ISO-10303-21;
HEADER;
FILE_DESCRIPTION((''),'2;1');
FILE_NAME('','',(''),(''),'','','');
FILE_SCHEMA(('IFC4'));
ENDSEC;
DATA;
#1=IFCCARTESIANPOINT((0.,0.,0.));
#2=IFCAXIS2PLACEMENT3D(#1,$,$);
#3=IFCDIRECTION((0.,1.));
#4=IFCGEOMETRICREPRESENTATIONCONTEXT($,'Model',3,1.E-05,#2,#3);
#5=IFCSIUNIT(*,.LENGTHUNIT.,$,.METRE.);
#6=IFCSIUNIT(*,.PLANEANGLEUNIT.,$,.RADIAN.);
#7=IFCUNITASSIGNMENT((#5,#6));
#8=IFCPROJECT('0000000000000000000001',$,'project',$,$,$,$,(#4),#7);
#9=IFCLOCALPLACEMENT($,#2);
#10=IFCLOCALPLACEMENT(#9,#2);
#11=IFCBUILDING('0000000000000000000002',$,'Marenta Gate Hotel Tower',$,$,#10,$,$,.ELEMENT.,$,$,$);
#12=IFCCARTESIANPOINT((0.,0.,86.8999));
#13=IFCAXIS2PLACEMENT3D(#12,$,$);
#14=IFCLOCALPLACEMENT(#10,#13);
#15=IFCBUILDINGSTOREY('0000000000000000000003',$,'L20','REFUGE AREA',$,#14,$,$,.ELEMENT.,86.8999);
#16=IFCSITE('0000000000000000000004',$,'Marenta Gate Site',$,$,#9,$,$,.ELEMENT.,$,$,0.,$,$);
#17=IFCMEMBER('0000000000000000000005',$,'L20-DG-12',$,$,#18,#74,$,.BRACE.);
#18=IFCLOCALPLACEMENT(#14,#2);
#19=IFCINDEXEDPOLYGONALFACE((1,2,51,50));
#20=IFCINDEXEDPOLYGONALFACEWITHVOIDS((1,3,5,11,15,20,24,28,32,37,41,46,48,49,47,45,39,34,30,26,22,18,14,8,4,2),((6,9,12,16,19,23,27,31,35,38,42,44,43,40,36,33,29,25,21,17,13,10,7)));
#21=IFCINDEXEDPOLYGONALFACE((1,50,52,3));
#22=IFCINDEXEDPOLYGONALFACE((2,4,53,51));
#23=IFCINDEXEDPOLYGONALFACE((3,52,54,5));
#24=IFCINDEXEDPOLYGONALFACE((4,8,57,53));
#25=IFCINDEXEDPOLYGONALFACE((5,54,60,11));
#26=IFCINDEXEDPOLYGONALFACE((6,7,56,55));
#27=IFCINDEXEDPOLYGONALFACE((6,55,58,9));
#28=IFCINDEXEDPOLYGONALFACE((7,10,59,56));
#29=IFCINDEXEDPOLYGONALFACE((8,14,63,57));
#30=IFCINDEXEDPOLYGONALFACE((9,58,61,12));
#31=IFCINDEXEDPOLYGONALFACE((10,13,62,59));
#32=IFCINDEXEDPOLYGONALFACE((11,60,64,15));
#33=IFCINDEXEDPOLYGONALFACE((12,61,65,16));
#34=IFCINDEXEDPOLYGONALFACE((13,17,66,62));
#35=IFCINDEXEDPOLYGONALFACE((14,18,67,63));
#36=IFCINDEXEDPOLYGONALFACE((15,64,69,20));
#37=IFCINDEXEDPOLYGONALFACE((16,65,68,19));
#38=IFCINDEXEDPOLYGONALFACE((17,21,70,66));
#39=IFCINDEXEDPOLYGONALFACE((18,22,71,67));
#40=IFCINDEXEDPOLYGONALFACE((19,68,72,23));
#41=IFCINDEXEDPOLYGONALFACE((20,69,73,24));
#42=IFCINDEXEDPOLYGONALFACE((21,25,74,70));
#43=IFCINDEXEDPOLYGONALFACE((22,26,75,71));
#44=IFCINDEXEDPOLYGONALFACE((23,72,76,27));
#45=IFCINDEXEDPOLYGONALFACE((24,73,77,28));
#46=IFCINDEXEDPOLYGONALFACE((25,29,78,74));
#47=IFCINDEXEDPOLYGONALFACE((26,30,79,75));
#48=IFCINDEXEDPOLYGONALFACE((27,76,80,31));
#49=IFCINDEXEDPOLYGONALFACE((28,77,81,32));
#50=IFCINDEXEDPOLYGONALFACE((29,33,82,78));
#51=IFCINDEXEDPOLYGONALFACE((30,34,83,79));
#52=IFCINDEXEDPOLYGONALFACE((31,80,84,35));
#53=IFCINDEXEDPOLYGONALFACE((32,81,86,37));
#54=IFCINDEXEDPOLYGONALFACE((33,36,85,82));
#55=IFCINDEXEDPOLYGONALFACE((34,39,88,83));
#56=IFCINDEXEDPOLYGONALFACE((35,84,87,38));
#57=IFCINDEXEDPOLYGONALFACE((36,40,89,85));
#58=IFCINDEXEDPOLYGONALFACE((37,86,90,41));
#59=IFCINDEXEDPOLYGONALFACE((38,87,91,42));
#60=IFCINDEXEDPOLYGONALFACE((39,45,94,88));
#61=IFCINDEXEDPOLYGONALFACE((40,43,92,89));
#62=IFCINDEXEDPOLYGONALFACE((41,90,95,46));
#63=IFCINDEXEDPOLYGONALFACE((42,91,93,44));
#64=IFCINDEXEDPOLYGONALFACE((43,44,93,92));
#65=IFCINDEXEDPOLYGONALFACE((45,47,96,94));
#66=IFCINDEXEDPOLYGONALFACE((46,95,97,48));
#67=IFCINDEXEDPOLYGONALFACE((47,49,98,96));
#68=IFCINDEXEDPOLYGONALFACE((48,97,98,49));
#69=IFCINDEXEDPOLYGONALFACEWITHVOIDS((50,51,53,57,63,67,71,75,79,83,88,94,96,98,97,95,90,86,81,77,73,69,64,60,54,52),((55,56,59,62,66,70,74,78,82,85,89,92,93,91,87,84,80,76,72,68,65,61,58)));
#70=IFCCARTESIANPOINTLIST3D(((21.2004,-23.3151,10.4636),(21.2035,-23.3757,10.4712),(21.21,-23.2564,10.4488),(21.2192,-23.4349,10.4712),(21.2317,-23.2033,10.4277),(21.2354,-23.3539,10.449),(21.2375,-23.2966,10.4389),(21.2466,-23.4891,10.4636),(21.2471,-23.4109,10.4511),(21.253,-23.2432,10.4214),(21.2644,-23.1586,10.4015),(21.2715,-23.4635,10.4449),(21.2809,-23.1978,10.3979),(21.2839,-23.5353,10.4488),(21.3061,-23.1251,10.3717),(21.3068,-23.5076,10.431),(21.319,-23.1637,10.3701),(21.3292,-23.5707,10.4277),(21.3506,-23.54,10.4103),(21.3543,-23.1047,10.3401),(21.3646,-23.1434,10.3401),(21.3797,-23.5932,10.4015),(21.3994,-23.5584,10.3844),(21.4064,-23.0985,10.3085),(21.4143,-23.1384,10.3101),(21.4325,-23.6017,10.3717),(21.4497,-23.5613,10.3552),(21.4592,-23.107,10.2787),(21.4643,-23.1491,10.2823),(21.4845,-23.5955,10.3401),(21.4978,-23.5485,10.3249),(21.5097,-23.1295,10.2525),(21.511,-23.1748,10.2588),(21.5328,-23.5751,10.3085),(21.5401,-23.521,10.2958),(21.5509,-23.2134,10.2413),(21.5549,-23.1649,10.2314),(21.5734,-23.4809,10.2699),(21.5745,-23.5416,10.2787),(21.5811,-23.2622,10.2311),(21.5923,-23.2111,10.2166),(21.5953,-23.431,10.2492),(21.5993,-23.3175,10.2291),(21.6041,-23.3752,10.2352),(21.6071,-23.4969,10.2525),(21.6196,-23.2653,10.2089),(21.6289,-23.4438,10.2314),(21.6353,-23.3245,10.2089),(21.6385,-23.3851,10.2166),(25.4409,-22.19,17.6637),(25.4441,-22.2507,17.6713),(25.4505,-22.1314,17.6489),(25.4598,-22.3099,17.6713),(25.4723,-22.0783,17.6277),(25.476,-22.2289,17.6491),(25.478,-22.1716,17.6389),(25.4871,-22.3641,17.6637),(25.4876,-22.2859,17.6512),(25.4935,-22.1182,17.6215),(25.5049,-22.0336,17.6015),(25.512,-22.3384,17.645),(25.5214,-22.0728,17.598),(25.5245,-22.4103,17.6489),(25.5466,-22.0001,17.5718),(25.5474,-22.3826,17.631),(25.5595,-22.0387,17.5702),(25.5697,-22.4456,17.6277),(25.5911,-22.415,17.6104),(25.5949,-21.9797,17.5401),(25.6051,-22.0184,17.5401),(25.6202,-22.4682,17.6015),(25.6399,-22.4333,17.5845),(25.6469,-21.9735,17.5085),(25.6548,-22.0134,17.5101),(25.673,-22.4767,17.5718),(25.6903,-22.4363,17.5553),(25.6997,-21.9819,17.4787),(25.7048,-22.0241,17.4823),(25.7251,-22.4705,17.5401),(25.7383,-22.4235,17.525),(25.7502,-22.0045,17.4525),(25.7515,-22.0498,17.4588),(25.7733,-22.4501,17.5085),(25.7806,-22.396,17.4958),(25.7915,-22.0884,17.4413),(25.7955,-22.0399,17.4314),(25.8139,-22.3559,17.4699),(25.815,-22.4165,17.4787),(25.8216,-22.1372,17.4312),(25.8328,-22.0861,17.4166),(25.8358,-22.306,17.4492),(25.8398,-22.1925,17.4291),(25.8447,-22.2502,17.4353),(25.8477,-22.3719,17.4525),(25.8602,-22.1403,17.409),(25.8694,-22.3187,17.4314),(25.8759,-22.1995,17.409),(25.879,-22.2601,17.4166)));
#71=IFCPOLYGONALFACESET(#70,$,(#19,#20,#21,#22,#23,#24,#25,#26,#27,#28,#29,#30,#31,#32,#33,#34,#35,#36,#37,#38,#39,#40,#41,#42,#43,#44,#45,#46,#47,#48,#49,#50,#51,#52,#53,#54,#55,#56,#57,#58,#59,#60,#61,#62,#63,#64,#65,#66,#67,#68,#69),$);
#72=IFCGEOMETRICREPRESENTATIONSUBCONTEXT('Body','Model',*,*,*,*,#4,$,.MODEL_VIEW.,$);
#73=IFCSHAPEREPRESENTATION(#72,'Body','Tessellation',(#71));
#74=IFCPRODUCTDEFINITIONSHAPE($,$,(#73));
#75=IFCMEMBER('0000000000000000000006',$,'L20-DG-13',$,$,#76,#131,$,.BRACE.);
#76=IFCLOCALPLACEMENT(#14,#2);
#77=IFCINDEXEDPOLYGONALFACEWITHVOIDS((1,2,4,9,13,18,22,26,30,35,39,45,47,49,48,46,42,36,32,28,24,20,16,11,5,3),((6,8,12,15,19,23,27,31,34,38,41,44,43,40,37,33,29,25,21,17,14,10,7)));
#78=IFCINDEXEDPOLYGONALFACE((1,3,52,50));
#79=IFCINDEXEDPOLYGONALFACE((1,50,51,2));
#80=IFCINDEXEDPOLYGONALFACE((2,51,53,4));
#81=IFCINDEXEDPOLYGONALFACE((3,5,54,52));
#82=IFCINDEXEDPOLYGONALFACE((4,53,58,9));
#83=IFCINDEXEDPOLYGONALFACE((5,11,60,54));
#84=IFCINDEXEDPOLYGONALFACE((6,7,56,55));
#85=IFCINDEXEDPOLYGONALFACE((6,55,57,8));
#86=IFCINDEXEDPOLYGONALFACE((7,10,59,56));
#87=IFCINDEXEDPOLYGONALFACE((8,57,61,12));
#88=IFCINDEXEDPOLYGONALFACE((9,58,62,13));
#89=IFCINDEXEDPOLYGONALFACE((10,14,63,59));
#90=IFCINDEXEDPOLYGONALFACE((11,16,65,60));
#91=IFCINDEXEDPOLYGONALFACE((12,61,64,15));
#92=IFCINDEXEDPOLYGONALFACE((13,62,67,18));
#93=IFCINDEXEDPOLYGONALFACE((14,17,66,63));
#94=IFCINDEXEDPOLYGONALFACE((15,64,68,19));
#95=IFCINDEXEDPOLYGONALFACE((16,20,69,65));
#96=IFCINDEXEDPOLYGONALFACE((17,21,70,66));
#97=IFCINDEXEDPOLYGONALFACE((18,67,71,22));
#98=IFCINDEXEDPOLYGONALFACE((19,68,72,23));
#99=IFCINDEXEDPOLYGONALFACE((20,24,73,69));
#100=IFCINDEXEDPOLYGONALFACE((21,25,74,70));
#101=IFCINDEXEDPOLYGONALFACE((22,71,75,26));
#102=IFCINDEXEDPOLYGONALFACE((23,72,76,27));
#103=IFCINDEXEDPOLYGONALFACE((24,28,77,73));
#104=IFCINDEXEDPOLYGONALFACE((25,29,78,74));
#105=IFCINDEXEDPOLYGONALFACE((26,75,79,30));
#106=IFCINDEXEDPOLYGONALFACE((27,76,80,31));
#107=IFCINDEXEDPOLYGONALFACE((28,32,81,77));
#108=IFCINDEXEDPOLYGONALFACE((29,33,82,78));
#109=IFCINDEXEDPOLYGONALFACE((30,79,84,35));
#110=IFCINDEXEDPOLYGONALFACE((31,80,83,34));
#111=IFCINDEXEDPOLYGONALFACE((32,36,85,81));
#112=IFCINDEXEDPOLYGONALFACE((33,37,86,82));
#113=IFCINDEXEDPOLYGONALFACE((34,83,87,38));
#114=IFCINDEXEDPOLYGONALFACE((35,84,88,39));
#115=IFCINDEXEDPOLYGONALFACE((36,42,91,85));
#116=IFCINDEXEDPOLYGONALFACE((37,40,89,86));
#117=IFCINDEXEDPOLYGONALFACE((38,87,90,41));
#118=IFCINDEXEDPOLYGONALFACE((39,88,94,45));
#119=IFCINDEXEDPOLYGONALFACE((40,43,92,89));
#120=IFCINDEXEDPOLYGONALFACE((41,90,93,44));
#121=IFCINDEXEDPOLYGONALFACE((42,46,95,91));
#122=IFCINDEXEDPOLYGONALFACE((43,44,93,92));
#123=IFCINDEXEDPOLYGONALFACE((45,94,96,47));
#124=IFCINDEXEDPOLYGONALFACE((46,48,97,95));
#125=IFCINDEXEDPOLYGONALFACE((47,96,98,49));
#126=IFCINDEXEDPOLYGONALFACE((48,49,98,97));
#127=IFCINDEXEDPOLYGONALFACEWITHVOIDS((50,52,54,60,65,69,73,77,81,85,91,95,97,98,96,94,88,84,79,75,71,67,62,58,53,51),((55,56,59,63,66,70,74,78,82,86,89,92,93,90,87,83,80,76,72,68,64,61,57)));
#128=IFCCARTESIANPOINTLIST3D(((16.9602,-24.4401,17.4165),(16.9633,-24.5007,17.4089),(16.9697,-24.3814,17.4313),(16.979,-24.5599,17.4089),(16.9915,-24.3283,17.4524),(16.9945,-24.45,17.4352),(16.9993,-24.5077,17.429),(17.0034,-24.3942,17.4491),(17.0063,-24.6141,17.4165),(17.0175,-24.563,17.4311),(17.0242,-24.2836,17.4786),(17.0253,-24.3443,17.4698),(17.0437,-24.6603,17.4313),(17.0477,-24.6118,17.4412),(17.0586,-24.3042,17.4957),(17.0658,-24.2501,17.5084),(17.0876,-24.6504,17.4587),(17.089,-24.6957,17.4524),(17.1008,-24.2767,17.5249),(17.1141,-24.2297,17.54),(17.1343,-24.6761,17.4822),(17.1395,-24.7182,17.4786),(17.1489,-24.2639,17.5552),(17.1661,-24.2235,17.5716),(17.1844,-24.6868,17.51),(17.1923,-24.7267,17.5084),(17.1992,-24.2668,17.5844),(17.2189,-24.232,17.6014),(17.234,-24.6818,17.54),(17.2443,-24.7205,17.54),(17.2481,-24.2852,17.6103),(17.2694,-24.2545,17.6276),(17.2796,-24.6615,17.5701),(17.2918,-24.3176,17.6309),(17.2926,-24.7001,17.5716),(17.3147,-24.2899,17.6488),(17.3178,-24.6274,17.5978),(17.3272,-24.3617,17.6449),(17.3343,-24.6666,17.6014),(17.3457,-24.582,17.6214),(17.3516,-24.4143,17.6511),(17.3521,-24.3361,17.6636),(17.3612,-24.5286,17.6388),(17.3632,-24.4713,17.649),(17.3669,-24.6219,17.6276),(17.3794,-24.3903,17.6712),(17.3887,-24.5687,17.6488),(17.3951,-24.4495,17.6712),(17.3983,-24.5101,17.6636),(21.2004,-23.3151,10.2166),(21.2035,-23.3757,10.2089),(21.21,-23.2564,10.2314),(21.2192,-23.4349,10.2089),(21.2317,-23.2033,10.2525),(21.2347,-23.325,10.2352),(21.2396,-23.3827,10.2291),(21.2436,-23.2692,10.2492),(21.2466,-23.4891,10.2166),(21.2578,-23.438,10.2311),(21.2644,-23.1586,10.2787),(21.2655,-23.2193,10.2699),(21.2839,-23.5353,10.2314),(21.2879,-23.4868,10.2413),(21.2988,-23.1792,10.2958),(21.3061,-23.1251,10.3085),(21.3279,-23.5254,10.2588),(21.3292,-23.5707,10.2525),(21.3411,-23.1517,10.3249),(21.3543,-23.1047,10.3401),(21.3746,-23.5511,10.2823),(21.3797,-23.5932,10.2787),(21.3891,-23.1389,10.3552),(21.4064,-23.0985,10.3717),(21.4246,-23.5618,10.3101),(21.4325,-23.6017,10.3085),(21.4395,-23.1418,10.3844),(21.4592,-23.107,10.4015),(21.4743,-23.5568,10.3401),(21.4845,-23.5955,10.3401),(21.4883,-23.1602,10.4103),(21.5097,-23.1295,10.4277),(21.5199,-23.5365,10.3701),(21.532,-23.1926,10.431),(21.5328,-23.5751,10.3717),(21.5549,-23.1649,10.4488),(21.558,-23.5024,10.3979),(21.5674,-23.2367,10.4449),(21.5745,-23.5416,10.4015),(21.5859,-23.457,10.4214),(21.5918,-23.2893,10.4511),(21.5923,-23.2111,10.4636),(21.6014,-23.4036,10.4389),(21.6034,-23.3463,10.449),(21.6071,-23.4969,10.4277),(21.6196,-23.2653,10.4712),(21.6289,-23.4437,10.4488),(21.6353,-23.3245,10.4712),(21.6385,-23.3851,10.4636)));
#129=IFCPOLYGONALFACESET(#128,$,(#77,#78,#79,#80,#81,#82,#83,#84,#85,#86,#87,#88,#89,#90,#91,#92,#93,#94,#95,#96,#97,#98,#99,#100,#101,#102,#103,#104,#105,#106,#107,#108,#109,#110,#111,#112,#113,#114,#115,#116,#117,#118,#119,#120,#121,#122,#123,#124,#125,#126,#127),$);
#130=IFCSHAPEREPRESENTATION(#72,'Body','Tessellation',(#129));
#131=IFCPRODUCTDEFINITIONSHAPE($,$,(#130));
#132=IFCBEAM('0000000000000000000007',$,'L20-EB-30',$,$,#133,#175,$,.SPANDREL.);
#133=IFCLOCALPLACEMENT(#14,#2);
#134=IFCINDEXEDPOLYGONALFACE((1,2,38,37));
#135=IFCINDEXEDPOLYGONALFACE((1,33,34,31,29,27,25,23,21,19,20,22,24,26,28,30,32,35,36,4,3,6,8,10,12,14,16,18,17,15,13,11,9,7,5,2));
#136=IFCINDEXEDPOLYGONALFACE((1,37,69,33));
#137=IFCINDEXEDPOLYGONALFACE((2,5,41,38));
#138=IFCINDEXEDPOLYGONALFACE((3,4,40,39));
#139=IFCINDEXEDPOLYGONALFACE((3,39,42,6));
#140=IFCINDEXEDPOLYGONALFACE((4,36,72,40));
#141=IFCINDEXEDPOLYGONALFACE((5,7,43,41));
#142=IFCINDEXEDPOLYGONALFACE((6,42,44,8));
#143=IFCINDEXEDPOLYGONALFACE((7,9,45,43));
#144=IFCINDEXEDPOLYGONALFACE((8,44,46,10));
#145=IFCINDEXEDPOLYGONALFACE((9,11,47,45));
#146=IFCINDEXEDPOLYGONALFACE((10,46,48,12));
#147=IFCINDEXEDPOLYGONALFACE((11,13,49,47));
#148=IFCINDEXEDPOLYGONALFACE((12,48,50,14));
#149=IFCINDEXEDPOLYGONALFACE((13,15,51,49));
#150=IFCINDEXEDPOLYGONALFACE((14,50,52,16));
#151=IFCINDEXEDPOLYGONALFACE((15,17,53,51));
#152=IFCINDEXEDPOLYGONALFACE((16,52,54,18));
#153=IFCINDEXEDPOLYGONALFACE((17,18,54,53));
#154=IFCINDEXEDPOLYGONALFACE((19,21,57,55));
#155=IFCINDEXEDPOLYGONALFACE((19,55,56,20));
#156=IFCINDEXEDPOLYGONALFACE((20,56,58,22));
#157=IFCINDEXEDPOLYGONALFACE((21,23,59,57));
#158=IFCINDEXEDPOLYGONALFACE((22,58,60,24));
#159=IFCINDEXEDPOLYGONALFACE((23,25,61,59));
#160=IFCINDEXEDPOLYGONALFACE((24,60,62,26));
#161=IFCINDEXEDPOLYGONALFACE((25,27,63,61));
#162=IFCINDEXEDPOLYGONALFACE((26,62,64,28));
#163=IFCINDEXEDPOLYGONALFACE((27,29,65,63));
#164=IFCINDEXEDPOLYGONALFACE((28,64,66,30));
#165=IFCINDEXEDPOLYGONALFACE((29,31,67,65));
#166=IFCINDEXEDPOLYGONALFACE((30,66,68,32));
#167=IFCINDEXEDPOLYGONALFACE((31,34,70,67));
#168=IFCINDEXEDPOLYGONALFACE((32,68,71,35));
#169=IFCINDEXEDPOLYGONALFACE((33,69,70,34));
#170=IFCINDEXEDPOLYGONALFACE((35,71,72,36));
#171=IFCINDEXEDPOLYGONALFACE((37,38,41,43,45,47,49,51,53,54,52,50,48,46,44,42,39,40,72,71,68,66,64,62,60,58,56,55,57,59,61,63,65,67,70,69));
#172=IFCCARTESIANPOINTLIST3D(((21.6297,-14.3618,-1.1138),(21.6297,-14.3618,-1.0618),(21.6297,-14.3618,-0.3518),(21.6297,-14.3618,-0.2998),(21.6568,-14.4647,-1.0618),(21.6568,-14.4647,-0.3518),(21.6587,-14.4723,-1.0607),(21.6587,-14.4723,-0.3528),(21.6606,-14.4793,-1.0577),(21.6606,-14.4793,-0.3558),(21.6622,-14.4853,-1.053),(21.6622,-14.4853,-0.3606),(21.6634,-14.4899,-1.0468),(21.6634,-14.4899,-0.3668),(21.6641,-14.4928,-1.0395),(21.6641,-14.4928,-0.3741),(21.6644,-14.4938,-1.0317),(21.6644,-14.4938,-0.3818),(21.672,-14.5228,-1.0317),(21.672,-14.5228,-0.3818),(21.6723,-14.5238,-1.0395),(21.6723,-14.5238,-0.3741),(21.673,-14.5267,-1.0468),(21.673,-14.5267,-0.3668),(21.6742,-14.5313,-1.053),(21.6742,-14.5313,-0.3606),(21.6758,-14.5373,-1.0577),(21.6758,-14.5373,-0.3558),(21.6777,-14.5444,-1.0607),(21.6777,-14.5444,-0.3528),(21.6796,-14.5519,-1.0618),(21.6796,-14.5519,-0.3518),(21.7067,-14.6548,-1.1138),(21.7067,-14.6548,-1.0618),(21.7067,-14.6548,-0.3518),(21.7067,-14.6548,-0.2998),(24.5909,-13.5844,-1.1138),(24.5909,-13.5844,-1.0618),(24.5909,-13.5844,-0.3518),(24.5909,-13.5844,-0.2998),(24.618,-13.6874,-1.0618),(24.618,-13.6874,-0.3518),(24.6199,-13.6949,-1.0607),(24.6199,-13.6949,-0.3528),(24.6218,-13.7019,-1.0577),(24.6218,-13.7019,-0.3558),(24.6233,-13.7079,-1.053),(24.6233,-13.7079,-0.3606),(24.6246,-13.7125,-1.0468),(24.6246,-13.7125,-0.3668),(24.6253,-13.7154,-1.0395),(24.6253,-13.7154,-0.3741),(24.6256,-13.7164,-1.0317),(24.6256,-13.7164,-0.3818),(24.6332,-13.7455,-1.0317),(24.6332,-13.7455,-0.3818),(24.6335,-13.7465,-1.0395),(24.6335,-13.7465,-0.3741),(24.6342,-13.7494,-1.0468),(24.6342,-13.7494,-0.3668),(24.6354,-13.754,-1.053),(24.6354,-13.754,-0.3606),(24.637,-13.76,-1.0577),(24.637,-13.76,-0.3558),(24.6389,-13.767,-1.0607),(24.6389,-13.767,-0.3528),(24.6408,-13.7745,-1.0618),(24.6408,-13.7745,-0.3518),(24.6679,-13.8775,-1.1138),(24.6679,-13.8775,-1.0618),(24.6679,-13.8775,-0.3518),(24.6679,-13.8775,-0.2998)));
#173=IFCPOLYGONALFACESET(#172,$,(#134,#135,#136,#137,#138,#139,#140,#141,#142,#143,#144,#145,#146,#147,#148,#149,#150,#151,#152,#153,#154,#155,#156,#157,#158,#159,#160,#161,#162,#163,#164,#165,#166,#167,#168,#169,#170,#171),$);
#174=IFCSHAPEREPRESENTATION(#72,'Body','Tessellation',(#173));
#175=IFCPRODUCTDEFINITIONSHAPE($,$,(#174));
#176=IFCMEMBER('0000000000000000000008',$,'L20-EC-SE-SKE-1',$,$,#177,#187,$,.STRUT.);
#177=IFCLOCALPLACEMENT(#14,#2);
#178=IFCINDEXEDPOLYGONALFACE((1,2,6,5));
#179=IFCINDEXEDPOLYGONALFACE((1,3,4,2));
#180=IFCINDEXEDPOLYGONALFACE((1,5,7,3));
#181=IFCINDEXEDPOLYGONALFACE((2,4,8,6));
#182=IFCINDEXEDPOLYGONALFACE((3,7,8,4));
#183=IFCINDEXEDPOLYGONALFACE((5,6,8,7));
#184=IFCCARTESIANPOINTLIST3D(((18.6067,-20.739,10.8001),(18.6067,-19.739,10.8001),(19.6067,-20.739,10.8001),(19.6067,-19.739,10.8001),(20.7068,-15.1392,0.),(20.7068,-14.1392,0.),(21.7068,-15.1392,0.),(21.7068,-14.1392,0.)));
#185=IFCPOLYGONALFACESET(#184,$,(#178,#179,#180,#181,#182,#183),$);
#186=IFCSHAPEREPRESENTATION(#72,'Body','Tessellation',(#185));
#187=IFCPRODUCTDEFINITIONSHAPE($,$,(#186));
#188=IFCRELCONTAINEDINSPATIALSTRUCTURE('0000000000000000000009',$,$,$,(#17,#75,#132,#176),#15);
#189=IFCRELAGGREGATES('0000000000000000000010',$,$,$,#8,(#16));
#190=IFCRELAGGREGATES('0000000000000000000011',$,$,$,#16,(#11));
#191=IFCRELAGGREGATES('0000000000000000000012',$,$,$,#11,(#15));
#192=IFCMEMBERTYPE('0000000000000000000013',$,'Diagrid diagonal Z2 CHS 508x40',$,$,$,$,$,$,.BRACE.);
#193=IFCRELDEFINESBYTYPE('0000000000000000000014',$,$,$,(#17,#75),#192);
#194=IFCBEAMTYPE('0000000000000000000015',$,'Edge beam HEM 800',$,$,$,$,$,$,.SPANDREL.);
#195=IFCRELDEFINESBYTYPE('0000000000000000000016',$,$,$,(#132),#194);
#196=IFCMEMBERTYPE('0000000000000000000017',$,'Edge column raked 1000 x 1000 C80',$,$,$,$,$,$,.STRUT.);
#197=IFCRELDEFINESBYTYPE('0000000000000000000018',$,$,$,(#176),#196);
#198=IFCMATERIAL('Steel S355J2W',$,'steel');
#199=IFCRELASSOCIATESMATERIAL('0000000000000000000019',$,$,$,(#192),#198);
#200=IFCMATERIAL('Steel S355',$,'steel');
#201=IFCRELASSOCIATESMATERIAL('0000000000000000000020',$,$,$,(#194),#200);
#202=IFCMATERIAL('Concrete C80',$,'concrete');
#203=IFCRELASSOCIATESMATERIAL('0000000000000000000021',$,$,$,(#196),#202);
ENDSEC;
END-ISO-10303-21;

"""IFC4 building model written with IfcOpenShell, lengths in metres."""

from ifc_helpers import new_model, si_unit, direction, frame, origin, origin_2d, place, context, subcontext, project, spatial, rectangle, hollow_circle, i_section, extrude, material, material_profile, profile_set, type_object, element, save


model = new_model("IFC4")

# Units and contexts
model_context = context("Model", 3, precision=1e-05, world=origin(), true_north=direction((0.0, 1.0)))
body_context = subcontext(model_context, "Body", "Model", "MODEL_VIEW")
ifc_project = project(units=[si_unit("LENGTHUNIT", "METRE"), si_unit("PLANEANGLEUNIT", "RADIAN")], contexts=[model_context])

# Site, building, storey
site_placement = place(None, origin())
site = spatial("IfcSite", under=ifc_project, at=site_placement, Name="Marenta Gate Site", CompositionType="ELEMENT", RefElevation=0.0)
building_placement = place(site_placement, origin())
building = spatial("IfcBuilding", under=site, at=building_placement, Name="Marenta Gate Hotel Tower", CompositionType="ELEMENT")
storey_placement = place(building_placement, frame((0.0, 0.0, 86.8999)))
storey = spatial("IfcBuildingStorey", under=building, at=storey_placement, Name="L20", Description="REFUGE AREA", CompositionType="ELEMENT", Elevation=86.8999)

# Members
ifc_material_1 = material(Name="Steel S355J2W", Category="steel")
ifc_material_profile_1 = material_profile(ifc_material_1, hollow_circle(Radius=0.2539, WallThickness=0.04, at=origin_2d()), Name="CHS 508x40")
ifc_profile_set_1 = profile_set([ifc_material_profile_1], Name="Steel S355J2W")
member_type_1 = type_object("IfcMemberType", Name="Diagrid diagonal Z2 CHS 508x40", PredefinedType="BRACE", material=ifc_profile_set_1)
member_1_placement = place(storey_placement, frame((21.4194, -23.3501, 10.3401), z_axis=(0.502946, 0.133432, 0.853956), x_axis=(-0.256429, 0.966563, 0.0)))
element("IfcMember", 1, at=member_1_placement, inside=storey, type_object=member_type_1, Name="L20-DG-12", PredefinedType="BRACE", context=body_context, shape_type="SweptSolid", body=[
    extrude(hollow_circle(Radius=0.2539, WallThickness=0.04, at=origin_2d()), origin(), (0.0, 0.0, 1.0), 8.4314),
])
member_2_placement = place(storey_placement, frame((21.4194, -23.3501, 10.3401), z_axis=(-0.502924, -0.133434, 0.853969), x_axis=(0.256443, -0.966559, 0.0)))
element("IfcMember", 2, at=member_2_placement, inside=storey, type_object=member_type_1, Name="L20-DG-13", PredefinedType="BRACE", context=body_context, shape_type="SweptSolid", body=[
    extrude(hollow_circle(Radius=0.2539, WallThickness=0.04, at=origin_2d()), origin(), (0.0, 0.0, 1.0), 8.4312),
])

# Beam
ifc_material_2 = material(Name="Steel S355", Category="steel")
ifc_material_profile_2 = material_profile(ifc_material_2, i_section(OverallWidth=0.303, OverallDepth=0.814, WebThickness=0.03, FlangeThickness=0.052, FilletRadius=0.03, at=origin_2d()), Name="HEM 800")
ifc_profile_set_2 = profile_set([ifc_material_profile_2], Name="Steel S355")
beam_type_1 = type_object("IfcBeamType", Name="Edge beam HEM 800", PredefinedType="SPANDREL", material=ifc_profile_set_2)
beam_1_placement = place(storey_placement, frame((24.6294, -13.731, -0.7068), z_axis=(-0.967228, -0.253908, 0.0), x_axis=(0.253908, -0.967228, 0.0)))
element("IfcBeam", 3, at=beam_1_placement, inside=storey, type_object=beam_type_1, Name="L20-EB-30", PredefinedType="SPANDREL", context=body_context, shape_type="SweptSolid", body=[
    extrude(i_section(OverallWidth=0.303, OverallDepth=0.814, WebThickness=0.03, FlangeThickness=0.052, FilletRadius=0.03, at=origin_2d()), origin(), (0.0, 0.0, 1.0), 3.0615),
])

# Member
ifc_material_3 = material(Name="Concrete C80", Category="concrete")
ifc_material_profile_3 = material_profile(ifc_material_3, rectangle(XDim=1.0, YDim=1.0, at=origin_2d()), Name="1000 x 1000")
ifc_profile_set_3 = profile_set([ifc_material_profile_3], Name="Concrete C80")
member_type_2 = type_object("IfcMemberType", Name="Edge column raked 1000 x 1000 C80", PredefinedType="STRUT", material=ifc_profile_set_3)
member_3_placement = place(storey_placement, frame((21.2068, -14.6392, 0.0), z_axis=(0.0, 0.0, 1.0), x_axis=(1.0, 0.0, 0.0)))
element("IfcMember", 4, at=member_3_placement, inside=storey, type_object=member_type_2, Name="L20-EC-SE-SKE-1", PredefinedType="STRUT", context=body_context, shape_type="SweptSolid", body=[
    extrude(rectangle(XDim=1.0, YDim=1.0, at=origin_2d()), origin(), (-0.170111, -0.453597, 0.874821), 12.3455),
])

save(model, "model.ifc")
